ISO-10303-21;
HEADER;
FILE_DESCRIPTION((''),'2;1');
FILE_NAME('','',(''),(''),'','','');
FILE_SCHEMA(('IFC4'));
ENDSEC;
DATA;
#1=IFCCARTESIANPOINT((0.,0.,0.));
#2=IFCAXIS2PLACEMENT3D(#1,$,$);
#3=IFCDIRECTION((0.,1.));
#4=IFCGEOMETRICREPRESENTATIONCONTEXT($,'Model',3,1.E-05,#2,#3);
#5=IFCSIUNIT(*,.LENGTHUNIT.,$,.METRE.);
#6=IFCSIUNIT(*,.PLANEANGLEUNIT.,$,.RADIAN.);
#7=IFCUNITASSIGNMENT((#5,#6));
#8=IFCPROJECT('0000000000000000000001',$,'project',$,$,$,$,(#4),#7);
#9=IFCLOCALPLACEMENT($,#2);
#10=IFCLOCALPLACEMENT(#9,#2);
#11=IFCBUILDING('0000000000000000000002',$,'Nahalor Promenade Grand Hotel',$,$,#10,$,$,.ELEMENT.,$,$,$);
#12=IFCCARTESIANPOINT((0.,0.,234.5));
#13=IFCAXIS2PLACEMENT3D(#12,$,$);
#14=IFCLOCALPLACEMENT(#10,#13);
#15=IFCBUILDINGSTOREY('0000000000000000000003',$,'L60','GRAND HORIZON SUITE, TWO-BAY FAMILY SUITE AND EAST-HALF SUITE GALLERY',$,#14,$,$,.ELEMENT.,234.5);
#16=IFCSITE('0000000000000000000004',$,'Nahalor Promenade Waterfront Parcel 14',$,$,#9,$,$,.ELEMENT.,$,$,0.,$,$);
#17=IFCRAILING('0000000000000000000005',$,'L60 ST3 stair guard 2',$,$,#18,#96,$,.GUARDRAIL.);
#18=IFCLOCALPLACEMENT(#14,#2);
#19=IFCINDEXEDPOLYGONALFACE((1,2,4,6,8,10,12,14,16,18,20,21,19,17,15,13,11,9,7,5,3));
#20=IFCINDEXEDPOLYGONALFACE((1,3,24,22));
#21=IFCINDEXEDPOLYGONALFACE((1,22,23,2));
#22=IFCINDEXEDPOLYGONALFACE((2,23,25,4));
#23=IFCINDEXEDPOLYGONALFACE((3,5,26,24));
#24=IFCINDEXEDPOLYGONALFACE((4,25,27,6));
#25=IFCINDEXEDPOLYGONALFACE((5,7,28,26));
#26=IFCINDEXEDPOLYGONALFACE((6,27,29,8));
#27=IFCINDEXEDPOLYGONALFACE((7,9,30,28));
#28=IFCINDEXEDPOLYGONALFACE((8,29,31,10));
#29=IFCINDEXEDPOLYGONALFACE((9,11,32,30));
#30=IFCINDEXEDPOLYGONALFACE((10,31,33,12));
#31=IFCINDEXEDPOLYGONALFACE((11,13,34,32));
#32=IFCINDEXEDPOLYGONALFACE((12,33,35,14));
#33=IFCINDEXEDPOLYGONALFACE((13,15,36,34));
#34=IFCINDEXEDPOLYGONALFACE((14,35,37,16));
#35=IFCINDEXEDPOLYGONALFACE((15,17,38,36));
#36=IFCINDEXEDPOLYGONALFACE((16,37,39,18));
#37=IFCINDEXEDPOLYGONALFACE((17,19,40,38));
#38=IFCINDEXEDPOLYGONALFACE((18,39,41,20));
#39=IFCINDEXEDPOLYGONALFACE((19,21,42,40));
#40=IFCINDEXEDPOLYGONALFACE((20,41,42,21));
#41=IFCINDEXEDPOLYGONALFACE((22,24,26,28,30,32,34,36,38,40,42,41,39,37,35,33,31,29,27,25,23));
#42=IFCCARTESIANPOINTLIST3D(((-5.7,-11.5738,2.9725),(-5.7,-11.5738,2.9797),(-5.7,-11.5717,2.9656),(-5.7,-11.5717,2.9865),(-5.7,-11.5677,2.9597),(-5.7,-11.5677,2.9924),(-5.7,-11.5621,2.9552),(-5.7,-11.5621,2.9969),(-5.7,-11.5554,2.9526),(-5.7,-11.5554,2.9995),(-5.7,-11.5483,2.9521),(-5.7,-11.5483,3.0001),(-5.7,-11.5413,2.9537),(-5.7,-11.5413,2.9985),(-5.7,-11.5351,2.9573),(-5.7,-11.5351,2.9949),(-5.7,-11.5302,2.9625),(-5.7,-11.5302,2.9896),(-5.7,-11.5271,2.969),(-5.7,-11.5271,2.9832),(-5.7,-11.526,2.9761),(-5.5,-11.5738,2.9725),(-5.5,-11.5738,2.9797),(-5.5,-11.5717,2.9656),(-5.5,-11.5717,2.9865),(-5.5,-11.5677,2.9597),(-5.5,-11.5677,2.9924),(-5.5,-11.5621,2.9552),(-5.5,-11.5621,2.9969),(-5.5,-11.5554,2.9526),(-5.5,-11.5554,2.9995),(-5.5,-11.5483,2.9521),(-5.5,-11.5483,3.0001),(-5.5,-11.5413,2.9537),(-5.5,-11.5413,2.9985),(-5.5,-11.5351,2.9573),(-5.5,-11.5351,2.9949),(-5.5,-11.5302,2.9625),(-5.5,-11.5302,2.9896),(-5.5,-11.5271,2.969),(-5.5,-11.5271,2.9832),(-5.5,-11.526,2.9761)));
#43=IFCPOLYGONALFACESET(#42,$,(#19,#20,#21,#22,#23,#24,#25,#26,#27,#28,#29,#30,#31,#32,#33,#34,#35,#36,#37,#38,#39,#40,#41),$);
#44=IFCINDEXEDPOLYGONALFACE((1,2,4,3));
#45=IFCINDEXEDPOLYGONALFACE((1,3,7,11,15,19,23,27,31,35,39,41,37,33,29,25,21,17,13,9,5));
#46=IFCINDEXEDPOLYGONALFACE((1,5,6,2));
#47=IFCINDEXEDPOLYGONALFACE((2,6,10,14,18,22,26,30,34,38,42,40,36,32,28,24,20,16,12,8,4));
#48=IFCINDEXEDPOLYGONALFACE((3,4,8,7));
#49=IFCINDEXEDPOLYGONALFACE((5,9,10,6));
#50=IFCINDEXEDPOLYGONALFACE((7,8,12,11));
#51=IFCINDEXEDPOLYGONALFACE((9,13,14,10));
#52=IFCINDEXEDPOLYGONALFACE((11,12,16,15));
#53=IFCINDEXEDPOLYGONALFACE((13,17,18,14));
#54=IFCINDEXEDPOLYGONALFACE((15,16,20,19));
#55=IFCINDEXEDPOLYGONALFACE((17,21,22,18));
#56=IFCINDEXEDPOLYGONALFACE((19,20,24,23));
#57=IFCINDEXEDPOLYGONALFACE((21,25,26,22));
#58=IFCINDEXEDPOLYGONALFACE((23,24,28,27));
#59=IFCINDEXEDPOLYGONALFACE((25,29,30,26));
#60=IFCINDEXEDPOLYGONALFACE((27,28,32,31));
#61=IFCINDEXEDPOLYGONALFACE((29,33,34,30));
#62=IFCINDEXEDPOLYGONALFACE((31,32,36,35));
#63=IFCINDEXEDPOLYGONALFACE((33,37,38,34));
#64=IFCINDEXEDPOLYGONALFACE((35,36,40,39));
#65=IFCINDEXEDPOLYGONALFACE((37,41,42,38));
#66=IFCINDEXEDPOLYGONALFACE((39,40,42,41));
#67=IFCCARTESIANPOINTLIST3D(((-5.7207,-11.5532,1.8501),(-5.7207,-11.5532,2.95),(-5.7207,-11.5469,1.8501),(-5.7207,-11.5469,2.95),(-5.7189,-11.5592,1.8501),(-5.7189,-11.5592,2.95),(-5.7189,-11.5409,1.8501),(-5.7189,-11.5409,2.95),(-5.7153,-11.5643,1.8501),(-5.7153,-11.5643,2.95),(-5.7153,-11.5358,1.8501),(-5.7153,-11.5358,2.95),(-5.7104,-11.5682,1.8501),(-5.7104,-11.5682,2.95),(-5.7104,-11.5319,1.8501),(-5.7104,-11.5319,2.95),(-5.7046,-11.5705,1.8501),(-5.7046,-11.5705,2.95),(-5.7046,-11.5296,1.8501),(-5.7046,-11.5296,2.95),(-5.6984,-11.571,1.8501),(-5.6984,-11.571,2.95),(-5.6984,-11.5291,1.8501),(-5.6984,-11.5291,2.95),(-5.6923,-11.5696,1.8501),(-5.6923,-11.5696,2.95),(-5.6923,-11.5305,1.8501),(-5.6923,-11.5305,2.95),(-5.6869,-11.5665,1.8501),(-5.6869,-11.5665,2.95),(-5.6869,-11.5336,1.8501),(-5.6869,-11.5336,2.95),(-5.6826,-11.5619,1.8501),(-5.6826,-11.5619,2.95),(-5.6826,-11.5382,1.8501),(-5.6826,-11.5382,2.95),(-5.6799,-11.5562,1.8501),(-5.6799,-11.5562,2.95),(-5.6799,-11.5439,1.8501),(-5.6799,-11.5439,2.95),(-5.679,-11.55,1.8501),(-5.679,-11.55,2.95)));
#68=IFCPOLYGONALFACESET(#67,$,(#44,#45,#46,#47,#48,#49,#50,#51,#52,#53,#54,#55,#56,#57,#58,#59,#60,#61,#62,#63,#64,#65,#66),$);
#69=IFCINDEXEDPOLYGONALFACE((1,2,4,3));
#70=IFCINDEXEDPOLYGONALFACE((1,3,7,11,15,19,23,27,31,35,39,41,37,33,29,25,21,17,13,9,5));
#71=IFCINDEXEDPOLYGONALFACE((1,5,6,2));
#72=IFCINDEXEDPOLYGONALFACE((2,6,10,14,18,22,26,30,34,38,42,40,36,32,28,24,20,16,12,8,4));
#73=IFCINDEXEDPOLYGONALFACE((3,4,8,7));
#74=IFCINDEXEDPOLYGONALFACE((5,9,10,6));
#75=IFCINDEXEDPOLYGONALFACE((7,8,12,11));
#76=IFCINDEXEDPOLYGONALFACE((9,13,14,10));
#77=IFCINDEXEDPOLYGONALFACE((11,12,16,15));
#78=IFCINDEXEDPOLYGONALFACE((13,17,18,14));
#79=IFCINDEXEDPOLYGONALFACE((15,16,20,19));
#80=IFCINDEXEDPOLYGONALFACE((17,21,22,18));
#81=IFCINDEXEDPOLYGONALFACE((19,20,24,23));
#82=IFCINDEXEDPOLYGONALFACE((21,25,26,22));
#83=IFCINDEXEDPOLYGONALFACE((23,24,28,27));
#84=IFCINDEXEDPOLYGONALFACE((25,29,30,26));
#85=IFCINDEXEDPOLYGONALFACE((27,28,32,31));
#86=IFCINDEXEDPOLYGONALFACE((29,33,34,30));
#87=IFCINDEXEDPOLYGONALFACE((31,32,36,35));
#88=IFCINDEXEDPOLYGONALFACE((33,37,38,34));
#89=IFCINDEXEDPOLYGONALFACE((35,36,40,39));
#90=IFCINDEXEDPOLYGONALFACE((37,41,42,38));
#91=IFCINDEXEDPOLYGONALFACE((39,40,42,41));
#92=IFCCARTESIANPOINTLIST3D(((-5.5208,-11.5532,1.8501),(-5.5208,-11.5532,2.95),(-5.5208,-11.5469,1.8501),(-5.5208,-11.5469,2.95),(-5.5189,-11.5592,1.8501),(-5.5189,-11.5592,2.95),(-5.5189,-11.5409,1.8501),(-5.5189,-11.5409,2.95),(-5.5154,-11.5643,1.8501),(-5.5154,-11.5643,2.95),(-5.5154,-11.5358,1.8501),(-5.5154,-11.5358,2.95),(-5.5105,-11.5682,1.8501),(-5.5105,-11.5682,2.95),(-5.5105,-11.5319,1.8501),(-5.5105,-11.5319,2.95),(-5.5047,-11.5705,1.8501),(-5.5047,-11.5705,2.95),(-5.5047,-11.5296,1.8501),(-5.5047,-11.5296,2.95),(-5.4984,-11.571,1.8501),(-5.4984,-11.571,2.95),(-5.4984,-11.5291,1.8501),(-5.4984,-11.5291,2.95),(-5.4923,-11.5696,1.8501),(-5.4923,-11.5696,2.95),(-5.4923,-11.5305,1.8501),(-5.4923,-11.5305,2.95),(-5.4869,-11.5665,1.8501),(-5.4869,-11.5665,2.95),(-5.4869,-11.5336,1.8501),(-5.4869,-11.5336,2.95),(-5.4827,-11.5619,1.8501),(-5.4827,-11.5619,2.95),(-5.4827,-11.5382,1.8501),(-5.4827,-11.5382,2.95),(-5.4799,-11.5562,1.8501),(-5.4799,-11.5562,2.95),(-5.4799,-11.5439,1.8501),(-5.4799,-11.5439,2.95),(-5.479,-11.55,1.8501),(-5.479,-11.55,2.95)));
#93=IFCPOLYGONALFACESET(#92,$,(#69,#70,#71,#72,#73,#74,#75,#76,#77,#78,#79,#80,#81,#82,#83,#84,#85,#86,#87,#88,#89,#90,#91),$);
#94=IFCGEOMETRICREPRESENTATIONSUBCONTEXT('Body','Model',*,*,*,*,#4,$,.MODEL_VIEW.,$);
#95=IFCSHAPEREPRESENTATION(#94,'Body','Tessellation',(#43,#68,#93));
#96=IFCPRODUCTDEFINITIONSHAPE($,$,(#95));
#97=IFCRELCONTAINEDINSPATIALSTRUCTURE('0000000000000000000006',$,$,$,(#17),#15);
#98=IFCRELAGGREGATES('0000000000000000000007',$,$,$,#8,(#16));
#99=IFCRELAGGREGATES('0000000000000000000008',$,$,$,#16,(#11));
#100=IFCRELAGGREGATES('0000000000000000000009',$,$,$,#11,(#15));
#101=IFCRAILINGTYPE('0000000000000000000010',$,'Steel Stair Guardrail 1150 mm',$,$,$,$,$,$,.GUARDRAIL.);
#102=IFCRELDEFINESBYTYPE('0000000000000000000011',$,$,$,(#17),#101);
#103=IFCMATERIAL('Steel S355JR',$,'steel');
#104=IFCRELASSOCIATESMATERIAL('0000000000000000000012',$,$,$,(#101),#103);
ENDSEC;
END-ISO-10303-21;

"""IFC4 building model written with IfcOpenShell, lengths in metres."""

from ifc_helpers import new_model, si_unit, direction, frame, origin, origin_2d, place, context, subcontext, project, spatial, circle, extrude, material, type_object, element, save


model = new_model("IFC4")

# Units and contexts
model_context = context("Model", 3, precision=1e-05, world=origin(), true_north=direction((0.0, 1.0)))
body_context = subcontext(model_context, "Body", "Model", "MODEL_VIEW")
ifc_project = project(units=[si_unit("LENGTHUNIT", "METRE"), si_unit("PLANEANGLEUNIT", "RADIAN")], contexts=[model_context])

# Site, building, storey
site_placement = place(None, origin())
site = spatial("IfcSite", under=ifc_project, at=site_placement, Name="Nahalor Promenade Waterfront Parcel 14", CompositionType="ELEMENT", RefElevation=0.0)
building_placement = place(site_placement, origin())
building = spatial("IfcBuilding", under=site, at=building_placement, Name="Nahalor Promenade Grand Hotel", CompositionType="ELEMENT")
storey_placement = place(building_placement, frame((0.0, 0.0, 234.5)))
storey = spatial("IfcBuildingStorey", under=building, at=storey_placement, Name="L60", Description="GRAND HORIZON SUITE, TWO-BAY FAMILY SUITE AND EAST-HALF SUITE GALLERY", CompositionType="ELEMENT", Elevation=234.5)

# Shared definitions
ifc_material_1 = material(Name="Steel S355JR", Category="steel")

# Railing
railing_type_1 = type_object("IfcRailingType", Name="Steel Stair Guardrail 1150 mm", PredefinedType="GUARDRAIL", material=ifc_material_1)
railing_1_placement = place(storey_placement, frame((-5.7, -11.55, 1.8501)))
element("IfcRailing", 1, at=railing_1_placement, inside=storey, type_object=railing_type_1, Name="L60 ST3 stair guard 2", PredefinedType="GUARDRAIL", context=body_context, shape_type="SweptSolid", body=[
    extrude(circle(Radius=0.024, at=origin_2d()), frame((0.0, 0.0, 1.126), z_axis=(1.0, 0.0, 0.0), x_axis=(0.0, 1.0, 0.0)), (0.0, 0.0, 1.0), 0.2),
    extrude(circle(Radius=0.021, at=origin_2d()), origin(), (0.0, 0.0, 1.0), 1.0999),
    extrude(circle(Radius=0.021, at=origin_2d()), frame((0.2, 0.0, 0.0)), (0.0, 0.0, 1.0), 1.0999),
])

save(model, "model.ifc")
